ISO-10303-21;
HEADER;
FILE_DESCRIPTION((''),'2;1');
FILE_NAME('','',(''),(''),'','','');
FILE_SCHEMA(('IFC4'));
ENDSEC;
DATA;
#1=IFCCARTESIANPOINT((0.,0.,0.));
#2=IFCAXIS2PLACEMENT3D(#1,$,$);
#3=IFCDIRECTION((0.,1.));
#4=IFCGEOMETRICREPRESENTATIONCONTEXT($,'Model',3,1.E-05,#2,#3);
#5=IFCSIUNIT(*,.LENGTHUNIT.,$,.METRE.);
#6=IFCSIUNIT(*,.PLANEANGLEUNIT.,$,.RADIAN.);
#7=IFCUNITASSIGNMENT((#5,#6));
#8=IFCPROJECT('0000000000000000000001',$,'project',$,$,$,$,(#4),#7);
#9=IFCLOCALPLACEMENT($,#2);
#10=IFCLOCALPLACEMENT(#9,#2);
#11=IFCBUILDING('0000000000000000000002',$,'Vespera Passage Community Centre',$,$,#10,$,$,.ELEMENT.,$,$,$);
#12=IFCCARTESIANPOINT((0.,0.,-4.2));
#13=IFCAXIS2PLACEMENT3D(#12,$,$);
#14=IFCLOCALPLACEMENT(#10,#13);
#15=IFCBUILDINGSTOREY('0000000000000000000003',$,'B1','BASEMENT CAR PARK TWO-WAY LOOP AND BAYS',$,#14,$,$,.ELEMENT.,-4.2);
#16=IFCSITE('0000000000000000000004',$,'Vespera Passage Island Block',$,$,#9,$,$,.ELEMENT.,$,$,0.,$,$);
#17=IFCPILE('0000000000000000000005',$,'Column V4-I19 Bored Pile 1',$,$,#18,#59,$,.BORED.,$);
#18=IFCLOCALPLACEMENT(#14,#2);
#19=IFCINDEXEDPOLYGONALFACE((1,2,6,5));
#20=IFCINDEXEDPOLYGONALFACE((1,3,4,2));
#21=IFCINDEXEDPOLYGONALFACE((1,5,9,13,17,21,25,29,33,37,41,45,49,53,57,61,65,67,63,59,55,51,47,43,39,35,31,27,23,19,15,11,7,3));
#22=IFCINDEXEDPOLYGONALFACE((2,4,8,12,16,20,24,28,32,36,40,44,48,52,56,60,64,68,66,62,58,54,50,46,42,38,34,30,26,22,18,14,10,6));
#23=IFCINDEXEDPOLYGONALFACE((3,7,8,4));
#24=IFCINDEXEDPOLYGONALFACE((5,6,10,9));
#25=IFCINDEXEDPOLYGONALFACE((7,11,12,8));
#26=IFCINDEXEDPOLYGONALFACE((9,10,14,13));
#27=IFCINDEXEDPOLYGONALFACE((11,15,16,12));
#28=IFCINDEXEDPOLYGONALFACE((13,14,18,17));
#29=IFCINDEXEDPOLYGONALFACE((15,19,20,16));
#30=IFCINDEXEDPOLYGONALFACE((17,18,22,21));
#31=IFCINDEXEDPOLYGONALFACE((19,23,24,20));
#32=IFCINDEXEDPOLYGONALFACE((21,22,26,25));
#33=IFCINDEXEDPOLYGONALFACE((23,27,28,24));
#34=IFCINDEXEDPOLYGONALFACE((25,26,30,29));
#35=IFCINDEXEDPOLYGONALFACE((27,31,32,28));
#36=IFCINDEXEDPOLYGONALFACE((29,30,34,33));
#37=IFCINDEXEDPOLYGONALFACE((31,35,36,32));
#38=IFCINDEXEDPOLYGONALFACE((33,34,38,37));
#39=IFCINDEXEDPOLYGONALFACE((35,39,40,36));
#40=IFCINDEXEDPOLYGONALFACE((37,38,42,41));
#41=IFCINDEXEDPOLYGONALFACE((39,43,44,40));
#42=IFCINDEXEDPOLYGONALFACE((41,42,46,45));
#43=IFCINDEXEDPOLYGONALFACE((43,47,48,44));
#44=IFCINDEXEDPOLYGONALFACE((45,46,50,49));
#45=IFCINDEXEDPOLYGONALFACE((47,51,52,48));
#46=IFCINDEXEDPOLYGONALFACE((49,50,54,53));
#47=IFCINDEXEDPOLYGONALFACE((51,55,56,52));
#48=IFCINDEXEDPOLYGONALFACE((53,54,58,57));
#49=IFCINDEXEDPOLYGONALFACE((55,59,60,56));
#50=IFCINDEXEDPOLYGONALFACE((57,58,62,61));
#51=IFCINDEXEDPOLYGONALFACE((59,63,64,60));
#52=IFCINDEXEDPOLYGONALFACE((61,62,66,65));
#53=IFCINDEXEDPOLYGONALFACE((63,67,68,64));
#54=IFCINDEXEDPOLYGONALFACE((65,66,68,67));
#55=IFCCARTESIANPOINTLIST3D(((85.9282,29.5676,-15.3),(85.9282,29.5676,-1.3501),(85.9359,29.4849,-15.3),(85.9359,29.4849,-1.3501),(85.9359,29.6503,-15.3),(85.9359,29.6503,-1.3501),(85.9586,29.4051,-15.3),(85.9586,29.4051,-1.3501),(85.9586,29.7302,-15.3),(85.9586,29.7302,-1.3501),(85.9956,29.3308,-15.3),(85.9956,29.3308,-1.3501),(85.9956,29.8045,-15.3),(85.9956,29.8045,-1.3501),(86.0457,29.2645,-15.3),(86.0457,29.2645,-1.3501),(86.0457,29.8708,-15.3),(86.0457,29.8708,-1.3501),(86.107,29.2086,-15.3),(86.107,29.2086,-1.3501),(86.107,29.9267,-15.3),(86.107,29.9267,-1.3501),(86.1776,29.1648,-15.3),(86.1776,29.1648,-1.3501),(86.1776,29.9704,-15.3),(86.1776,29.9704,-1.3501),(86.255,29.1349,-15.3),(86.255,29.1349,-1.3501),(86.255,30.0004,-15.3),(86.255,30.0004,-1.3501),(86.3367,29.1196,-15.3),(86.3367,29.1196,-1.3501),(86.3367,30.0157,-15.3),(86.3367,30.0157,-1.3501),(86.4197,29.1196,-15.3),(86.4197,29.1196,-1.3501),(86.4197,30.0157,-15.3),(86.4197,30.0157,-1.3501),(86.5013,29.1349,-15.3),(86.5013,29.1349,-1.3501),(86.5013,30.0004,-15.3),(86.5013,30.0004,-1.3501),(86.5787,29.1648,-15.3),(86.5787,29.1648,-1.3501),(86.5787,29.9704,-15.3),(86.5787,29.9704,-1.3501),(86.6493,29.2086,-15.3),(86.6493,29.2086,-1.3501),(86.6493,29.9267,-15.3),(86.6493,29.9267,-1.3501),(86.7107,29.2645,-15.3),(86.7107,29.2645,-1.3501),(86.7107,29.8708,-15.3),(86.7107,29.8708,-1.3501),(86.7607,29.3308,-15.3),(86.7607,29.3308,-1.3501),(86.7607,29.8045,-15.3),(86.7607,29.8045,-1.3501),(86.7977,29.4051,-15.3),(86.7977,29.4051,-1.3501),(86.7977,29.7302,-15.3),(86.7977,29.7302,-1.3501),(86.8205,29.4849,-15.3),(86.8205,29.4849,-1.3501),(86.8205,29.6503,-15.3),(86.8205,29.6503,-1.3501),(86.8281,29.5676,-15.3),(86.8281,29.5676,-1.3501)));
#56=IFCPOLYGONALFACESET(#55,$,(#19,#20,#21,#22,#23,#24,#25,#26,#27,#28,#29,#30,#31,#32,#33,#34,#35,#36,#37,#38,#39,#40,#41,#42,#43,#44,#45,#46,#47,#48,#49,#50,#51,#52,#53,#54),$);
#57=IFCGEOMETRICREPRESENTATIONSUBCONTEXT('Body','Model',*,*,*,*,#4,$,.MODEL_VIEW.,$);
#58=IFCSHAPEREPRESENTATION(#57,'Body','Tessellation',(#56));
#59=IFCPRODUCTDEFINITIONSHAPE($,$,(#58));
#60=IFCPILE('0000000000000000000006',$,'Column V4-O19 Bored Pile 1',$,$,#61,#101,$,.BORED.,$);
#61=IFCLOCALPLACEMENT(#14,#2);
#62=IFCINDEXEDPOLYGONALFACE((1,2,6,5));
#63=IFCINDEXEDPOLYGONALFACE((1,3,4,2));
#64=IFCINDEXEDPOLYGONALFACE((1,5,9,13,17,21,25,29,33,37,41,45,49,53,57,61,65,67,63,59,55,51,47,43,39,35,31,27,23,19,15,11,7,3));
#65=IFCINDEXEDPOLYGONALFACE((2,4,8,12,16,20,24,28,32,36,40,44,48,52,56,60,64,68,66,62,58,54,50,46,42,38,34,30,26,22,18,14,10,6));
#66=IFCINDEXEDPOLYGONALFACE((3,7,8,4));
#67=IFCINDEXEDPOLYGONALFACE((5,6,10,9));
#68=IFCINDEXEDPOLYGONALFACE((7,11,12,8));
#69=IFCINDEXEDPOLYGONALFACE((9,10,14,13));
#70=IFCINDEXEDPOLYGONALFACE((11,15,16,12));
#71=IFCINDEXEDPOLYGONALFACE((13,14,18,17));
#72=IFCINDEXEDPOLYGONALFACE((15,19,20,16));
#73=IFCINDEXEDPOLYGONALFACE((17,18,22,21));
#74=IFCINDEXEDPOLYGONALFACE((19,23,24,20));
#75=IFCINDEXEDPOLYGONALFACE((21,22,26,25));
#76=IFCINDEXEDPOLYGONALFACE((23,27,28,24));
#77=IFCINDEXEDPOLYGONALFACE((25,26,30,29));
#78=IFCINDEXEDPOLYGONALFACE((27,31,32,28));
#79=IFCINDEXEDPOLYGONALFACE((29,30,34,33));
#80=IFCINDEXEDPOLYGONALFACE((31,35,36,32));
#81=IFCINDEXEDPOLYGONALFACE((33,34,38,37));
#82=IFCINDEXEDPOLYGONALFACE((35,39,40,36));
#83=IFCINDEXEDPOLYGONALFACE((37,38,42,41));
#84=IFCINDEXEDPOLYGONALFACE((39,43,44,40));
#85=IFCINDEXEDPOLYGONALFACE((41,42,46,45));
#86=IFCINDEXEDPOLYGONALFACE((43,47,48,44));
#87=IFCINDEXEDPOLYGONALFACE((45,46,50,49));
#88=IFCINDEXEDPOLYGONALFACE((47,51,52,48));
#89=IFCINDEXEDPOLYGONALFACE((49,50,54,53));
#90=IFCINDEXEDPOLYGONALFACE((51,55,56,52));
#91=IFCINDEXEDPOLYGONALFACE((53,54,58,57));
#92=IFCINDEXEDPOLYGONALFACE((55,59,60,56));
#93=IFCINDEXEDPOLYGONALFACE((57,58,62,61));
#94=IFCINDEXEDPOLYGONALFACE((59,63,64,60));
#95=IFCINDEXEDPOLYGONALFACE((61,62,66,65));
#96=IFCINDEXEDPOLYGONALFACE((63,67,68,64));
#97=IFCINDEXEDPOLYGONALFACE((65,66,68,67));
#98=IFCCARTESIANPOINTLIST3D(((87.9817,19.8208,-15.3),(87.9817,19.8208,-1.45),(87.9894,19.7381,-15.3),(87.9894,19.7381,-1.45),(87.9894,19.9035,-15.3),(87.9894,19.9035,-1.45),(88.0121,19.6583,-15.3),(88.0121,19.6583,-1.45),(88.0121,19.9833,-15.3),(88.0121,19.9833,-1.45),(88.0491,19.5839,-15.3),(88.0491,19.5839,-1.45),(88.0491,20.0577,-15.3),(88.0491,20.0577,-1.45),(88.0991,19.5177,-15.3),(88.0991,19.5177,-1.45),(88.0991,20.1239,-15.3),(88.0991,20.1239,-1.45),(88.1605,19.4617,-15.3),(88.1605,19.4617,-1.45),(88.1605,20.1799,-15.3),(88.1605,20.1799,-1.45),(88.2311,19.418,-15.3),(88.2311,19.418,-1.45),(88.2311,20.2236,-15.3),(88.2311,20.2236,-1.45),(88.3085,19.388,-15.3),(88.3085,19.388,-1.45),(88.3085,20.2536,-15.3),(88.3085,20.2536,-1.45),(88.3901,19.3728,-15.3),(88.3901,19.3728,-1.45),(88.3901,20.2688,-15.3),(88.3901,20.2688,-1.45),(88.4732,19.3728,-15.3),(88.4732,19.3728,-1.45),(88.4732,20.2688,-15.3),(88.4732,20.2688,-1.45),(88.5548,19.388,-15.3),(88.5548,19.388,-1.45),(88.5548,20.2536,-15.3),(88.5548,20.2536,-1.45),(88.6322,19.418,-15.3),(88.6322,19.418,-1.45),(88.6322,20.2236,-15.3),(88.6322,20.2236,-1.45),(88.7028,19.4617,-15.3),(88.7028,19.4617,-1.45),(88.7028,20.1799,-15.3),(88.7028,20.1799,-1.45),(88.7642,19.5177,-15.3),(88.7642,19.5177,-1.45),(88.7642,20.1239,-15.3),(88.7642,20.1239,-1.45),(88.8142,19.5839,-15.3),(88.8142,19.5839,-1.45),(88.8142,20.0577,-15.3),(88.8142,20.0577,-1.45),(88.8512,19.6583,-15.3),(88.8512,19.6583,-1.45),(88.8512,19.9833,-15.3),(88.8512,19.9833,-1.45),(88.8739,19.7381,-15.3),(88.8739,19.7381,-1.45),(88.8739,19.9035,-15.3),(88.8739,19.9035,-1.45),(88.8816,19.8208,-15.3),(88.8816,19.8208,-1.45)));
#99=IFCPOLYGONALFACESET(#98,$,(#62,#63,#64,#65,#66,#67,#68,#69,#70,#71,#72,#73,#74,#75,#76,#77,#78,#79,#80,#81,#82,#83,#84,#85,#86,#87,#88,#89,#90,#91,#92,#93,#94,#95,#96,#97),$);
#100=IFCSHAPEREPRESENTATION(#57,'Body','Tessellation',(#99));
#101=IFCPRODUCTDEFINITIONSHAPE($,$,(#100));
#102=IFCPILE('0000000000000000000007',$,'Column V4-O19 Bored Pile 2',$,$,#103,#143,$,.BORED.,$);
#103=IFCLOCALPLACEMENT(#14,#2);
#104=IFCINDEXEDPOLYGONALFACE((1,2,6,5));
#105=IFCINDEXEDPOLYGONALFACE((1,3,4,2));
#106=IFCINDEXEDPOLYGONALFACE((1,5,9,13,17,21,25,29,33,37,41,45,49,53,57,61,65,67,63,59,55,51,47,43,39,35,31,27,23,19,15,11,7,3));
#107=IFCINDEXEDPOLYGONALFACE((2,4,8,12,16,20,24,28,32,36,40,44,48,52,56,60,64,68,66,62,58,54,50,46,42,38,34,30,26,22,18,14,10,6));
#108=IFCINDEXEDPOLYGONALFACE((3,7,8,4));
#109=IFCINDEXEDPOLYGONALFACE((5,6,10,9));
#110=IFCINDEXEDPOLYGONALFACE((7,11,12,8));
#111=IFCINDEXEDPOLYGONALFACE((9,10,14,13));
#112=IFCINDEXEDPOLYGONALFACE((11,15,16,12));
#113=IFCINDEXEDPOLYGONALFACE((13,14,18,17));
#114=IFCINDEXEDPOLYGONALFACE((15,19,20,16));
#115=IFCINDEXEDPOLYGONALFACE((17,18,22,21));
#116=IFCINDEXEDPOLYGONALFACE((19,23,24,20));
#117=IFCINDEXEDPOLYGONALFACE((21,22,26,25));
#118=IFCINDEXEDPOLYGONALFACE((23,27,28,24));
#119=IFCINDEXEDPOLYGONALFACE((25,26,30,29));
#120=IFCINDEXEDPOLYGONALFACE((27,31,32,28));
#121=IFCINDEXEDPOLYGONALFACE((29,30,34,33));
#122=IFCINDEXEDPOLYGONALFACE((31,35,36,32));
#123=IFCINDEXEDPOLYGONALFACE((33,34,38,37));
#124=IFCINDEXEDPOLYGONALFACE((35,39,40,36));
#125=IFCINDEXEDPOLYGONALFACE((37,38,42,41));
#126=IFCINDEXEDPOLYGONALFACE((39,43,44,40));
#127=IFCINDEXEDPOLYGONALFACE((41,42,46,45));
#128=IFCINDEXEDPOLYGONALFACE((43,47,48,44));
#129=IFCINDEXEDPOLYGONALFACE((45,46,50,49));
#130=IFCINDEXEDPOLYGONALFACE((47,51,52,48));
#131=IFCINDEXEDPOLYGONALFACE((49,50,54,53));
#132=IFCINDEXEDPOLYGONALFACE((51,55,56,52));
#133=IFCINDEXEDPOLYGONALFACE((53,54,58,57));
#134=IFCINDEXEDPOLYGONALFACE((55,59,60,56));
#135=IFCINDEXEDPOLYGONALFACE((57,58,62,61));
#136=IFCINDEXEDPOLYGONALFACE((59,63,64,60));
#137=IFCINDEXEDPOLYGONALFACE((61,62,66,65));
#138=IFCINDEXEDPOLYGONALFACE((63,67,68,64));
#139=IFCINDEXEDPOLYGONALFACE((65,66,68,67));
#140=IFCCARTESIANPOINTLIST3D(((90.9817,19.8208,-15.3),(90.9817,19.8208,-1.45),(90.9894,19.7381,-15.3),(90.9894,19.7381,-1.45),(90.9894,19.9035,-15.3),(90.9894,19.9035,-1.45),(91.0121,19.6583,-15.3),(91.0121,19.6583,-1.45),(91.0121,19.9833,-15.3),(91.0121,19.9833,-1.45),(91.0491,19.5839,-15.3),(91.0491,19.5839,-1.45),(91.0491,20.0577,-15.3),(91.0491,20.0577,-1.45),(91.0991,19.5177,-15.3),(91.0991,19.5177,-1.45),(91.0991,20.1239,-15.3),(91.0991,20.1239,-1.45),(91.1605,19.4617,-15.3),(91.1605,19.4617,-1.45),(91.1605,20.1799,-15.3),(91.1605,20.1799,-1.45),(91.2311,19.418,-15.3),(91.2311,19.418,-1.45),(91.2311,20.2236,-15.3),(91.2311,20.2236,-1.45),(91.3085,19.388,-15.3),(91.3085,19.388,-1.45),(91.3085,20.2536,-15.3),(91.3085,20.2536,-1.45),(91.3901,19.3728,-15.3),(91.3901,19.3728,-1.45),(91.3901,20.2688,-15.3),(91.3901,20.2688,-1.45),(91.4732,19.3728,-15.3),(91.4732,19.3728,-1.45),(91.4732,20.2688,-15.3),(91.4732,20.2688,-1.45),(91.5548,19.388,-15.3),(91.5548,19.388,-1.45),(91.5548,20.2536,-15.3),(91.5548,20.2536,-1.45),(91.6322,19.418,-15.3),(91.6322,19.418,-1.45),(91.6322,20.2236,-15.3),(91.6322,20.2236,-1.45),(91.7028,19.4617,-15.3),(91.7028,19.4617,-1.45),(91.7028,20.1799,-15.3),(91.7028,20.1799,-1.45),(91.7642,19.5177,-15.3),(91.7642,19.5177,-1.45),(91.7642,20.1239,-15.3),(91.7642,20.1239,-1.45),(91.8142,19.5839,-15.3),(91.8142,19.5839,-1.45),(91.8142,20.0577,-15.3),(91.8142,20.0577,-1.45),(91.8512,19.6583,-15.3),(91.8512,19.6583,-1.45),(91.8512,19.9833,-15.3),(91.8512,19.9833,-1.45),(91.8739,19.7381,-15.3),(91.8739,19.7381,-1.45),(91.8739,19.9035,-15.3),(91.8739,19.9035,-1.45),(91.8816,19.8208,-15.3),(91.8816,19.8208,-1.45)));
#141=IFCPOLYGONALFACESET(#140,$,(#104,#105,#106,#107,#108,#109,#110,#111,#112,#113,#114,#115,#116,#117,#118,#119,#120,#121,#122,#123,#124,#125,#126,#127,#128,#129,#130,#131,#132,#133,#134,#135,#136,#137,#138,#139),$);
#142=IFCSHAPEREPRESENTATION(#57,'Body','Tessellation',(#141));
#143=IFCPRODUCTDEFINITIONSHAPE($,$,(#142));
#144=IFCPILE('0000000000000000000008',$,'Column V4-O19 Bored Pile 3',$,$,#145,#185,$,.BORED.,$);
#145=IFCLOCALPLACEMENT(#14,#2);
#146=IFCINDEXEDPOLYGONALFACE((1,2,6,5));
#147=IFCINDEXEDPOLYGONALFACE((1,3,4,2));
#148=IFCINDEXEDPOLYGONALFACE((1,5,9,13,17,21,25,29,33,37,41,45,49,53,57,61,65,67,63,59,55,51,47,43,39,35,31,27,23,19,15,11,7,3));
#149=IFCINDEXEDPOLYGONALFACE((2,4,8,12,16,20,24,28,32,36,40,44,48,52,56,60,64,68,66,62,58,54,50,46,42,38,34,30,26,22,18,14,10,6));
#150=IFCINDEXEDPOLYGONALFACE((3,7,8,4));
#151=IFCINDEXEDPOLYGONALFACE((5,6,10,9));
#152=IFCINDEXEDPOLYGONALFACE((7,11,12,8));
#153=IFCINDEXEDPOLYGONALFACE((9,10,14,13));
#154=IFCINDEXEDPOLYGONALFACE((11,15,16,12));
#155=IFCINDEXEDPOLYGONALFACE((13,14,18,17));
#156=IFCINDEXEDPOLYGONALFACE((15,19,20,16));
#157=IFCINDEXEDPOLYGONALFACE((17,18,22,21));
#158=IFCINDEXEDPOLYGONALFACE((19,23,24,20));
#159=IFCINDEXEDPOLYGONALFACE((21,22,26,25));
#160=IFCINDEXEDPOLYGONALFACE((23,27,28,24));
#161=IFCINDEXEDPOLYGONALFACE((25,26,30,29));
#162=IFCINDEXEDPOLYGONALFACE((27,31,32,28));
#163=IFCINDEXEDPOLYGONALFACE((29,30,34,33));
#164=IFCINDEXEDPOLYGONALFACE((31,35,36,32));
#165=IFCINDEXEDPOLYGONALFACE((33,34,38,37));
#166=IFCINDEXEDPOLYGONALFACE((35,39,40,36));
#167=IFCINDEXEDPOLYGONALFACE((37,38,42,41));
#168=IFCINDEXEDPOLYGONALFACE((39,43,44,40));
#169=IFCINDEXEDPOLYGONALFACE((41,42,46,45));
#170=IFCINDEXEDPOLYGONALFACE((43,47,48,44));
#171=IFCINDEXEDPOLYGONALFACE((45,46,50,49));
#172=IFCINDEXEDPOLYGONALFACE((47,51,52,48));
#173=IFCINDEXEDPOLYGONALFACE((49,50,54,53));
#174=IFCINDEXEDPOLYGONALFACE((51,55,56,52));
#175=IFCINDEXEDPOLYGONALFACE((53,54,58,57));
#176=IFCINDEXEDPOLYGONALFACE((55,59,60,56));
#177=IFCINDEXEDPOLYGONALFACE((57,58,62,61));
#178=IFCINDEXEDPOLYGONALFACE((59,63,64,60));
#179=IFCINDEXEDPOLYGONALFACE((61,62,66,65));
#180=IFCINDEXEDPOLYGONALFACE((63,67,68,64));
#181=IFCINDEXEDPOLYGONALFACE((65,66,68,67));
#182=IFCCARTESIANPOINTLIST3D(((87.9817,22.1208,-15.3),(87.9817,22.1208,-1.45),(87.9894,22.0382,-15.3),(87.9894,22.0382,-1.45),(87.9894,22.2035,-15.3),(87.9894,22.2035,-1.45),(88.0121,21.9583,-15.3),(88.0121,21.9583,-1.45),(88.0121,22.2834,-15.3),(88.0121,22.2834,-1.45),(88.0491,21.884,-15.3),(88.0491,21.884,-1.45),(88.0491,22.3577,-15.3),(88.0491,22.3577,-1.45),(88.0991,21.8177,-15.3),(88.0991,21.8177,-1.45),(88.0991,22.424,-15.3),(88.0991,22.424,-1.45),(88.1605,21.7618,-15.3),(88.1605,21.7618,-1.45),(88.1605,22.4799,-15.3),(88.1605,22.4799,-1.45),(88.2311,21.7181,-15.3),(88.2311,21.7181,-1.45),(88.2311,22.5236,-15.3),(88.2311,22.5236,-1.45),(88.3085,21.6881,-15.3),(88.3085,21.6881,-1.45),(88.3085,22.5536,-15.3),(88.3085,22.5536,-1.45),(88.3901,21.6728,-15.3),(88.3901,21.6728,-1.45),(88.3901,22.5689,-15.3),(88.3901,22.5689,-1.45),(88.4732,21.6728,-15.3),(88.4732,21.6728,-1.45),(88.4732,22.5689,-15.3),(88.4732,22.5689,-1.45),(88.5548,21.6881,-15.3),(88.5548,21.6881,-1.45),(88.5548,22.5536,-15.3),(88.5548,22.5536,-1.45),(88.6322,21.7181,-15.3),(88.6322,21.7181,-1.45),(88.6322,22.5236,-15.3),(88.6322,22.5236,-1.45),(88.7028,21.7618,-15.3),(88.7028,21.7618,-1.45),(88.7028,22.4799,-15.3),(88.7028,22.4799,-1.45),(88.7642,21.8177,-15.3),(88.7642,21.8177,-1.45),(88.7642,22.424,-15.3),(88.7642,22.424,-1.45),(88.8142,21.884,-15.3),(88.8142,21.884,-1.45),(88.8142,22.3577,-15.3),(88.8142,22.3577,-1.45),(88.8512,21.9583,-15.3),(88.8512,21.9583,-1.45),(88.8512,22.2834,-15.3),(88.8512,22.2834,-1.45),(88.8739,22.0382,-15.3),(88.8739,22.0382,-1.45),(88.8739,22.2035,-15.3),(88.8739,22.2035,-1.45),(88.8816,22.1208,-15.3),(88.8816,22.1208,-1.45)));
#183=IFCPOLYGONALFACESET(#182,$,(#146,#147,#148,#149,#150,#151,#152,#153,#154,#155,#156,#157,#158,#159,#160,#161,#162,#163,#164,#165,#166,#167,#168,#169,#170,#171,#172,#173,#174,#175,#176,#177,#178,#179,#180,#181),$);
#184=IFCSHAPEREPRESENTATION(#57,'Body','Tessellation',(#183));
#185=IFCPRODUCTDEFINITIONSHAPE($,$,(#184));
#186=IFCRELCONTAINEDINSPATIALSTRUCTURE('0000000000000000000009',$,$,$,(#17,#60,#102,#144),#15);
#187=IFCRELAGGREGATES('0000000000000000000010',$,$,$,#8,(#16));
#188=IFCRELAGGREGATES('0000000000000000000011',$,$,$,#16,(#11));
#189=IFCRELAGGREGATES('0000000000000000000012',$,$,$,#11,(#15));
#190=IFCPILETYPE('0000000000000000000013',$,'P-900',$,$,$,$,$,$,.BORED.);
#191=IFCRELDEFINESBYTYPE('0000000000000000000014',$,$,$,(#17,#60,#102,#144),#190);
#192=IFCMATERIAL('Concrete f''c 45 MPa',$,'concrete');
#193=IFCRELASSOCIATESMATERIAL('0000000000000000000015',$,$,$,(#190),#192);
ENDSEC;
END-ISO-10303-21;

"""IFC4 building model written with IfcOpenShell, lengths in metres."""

from ifc_helpers import new_model, si_unit, direction, frame, origin, origin_2d, place, context, subcontext, project, spatial, circle, extrude, material, material_profile, profile_set, type_object, element, save


model = new_model("IFC4")

# Units and contexts
model_context = context("Model", 3, precision=1e-05, world=origin(), true_north=direction((0.0, 1.0)))
body_context = subcontext(model_context, "Body", "Model", "MODEL_VIEW")
ifc_project = project(units=[si_unit("LENGTHUNIT", "METRE"), si_unit("PLANEANGLEUNIT", "RADIAN")], contexts=[model_context])

# Site, building, storey
site_placement = place(None, origin())
site = spatial("IfcSite", under=ifc_project, at=site_placement, Name="Vespera Passage Island Block", CompositionType="ELEMENT", RefElevation=0.0)
building_placement = place(site_placement, origin())
building = spatial("IfcBuilding", under=site, at=building_placement, Name="Vespera Passage Community Centre", CompositionType="ELEMENT")
storey_placement = place(building_placement, frame((0.0, 0.0, -4.2)))
storey = spatial("IfcBuildingStorey", under=building, at=storey_placement, Name="B1", Description="BASEMENT CAR PARK TWO-WAY LOOP AND BAYS", CompositionType="ELEMENT", Elevation=-4.2)

# Piles
ifc_material_1 = material(Name="Concrete f'c 45 MPa", Category="concrete")
ifc_material_profile_1 = material_profile(ifc_material_1, circle(Radius=0.45, at=origin_2d()), Name="PILE900DIA")
ifc_profile_set_1 = profile_set([ifc_material_profile_1], Name="Concrete f'c 45 MPa")
pile_type_1 = type_object("IfcPileType", Name="P-900", PredefinedType="BORED", material=ifc_profile_set_1)
pile_1_placement = place(storey_placement, frame((86.3782, 29.5676, -1.3501), z_axis=(0.0, 0.0, -1.0), x_axis=(1.0, 0.0, 0.0)))
element("IfcPile", 1, at=pile_1_placement, inside=storey, type_object=pile_type_1, Name="Column V4-I19 Bored Pile 1", PredefinedType="BORED", context=body_context, shape_type="SweptSolid", body=[
    extrude(circle(Radius=0.45, at=origin_2d()), origin(), (0.0, 0.0, 1.0), 13.95),
])
for number, where, z_axis, x_axis, name in (
    (2, (88.4316, 19.8208, -1.45), (0.0, 0.0, -1.0), (1.0, 0.0, 0.0), "Column V4-O19 Bored Pile 1"),
    (3, (91.4316, 19.8208, -1.45), (0.0, 0.0, -1.0), (1.0, 0.0, 0.0), "Column V4-O19 Bored Pile 2"),
    (4, (88.4316, 22.1208, -1.45), (0.0, 0.0, -1.0), (1.0, 0.0, 0.0), "Column V4-O19 Bored Pile 3"),
):
    element("IfcPile", number, at=place(storey_placement, frame(where, z_axis=z_axis, x_axis=x_axis)), inside=storey, type_object=pile_type_1, Name=name, PredefinedType="BORED", context=body_context, shape_type="SweptSolid", body=[
        extrude(circle(Radius=0.45, at=origin_2d()), origin(), (0.0, 0.0, 1.0), 13.8501),
    ])

save(model, "model.ifc")
